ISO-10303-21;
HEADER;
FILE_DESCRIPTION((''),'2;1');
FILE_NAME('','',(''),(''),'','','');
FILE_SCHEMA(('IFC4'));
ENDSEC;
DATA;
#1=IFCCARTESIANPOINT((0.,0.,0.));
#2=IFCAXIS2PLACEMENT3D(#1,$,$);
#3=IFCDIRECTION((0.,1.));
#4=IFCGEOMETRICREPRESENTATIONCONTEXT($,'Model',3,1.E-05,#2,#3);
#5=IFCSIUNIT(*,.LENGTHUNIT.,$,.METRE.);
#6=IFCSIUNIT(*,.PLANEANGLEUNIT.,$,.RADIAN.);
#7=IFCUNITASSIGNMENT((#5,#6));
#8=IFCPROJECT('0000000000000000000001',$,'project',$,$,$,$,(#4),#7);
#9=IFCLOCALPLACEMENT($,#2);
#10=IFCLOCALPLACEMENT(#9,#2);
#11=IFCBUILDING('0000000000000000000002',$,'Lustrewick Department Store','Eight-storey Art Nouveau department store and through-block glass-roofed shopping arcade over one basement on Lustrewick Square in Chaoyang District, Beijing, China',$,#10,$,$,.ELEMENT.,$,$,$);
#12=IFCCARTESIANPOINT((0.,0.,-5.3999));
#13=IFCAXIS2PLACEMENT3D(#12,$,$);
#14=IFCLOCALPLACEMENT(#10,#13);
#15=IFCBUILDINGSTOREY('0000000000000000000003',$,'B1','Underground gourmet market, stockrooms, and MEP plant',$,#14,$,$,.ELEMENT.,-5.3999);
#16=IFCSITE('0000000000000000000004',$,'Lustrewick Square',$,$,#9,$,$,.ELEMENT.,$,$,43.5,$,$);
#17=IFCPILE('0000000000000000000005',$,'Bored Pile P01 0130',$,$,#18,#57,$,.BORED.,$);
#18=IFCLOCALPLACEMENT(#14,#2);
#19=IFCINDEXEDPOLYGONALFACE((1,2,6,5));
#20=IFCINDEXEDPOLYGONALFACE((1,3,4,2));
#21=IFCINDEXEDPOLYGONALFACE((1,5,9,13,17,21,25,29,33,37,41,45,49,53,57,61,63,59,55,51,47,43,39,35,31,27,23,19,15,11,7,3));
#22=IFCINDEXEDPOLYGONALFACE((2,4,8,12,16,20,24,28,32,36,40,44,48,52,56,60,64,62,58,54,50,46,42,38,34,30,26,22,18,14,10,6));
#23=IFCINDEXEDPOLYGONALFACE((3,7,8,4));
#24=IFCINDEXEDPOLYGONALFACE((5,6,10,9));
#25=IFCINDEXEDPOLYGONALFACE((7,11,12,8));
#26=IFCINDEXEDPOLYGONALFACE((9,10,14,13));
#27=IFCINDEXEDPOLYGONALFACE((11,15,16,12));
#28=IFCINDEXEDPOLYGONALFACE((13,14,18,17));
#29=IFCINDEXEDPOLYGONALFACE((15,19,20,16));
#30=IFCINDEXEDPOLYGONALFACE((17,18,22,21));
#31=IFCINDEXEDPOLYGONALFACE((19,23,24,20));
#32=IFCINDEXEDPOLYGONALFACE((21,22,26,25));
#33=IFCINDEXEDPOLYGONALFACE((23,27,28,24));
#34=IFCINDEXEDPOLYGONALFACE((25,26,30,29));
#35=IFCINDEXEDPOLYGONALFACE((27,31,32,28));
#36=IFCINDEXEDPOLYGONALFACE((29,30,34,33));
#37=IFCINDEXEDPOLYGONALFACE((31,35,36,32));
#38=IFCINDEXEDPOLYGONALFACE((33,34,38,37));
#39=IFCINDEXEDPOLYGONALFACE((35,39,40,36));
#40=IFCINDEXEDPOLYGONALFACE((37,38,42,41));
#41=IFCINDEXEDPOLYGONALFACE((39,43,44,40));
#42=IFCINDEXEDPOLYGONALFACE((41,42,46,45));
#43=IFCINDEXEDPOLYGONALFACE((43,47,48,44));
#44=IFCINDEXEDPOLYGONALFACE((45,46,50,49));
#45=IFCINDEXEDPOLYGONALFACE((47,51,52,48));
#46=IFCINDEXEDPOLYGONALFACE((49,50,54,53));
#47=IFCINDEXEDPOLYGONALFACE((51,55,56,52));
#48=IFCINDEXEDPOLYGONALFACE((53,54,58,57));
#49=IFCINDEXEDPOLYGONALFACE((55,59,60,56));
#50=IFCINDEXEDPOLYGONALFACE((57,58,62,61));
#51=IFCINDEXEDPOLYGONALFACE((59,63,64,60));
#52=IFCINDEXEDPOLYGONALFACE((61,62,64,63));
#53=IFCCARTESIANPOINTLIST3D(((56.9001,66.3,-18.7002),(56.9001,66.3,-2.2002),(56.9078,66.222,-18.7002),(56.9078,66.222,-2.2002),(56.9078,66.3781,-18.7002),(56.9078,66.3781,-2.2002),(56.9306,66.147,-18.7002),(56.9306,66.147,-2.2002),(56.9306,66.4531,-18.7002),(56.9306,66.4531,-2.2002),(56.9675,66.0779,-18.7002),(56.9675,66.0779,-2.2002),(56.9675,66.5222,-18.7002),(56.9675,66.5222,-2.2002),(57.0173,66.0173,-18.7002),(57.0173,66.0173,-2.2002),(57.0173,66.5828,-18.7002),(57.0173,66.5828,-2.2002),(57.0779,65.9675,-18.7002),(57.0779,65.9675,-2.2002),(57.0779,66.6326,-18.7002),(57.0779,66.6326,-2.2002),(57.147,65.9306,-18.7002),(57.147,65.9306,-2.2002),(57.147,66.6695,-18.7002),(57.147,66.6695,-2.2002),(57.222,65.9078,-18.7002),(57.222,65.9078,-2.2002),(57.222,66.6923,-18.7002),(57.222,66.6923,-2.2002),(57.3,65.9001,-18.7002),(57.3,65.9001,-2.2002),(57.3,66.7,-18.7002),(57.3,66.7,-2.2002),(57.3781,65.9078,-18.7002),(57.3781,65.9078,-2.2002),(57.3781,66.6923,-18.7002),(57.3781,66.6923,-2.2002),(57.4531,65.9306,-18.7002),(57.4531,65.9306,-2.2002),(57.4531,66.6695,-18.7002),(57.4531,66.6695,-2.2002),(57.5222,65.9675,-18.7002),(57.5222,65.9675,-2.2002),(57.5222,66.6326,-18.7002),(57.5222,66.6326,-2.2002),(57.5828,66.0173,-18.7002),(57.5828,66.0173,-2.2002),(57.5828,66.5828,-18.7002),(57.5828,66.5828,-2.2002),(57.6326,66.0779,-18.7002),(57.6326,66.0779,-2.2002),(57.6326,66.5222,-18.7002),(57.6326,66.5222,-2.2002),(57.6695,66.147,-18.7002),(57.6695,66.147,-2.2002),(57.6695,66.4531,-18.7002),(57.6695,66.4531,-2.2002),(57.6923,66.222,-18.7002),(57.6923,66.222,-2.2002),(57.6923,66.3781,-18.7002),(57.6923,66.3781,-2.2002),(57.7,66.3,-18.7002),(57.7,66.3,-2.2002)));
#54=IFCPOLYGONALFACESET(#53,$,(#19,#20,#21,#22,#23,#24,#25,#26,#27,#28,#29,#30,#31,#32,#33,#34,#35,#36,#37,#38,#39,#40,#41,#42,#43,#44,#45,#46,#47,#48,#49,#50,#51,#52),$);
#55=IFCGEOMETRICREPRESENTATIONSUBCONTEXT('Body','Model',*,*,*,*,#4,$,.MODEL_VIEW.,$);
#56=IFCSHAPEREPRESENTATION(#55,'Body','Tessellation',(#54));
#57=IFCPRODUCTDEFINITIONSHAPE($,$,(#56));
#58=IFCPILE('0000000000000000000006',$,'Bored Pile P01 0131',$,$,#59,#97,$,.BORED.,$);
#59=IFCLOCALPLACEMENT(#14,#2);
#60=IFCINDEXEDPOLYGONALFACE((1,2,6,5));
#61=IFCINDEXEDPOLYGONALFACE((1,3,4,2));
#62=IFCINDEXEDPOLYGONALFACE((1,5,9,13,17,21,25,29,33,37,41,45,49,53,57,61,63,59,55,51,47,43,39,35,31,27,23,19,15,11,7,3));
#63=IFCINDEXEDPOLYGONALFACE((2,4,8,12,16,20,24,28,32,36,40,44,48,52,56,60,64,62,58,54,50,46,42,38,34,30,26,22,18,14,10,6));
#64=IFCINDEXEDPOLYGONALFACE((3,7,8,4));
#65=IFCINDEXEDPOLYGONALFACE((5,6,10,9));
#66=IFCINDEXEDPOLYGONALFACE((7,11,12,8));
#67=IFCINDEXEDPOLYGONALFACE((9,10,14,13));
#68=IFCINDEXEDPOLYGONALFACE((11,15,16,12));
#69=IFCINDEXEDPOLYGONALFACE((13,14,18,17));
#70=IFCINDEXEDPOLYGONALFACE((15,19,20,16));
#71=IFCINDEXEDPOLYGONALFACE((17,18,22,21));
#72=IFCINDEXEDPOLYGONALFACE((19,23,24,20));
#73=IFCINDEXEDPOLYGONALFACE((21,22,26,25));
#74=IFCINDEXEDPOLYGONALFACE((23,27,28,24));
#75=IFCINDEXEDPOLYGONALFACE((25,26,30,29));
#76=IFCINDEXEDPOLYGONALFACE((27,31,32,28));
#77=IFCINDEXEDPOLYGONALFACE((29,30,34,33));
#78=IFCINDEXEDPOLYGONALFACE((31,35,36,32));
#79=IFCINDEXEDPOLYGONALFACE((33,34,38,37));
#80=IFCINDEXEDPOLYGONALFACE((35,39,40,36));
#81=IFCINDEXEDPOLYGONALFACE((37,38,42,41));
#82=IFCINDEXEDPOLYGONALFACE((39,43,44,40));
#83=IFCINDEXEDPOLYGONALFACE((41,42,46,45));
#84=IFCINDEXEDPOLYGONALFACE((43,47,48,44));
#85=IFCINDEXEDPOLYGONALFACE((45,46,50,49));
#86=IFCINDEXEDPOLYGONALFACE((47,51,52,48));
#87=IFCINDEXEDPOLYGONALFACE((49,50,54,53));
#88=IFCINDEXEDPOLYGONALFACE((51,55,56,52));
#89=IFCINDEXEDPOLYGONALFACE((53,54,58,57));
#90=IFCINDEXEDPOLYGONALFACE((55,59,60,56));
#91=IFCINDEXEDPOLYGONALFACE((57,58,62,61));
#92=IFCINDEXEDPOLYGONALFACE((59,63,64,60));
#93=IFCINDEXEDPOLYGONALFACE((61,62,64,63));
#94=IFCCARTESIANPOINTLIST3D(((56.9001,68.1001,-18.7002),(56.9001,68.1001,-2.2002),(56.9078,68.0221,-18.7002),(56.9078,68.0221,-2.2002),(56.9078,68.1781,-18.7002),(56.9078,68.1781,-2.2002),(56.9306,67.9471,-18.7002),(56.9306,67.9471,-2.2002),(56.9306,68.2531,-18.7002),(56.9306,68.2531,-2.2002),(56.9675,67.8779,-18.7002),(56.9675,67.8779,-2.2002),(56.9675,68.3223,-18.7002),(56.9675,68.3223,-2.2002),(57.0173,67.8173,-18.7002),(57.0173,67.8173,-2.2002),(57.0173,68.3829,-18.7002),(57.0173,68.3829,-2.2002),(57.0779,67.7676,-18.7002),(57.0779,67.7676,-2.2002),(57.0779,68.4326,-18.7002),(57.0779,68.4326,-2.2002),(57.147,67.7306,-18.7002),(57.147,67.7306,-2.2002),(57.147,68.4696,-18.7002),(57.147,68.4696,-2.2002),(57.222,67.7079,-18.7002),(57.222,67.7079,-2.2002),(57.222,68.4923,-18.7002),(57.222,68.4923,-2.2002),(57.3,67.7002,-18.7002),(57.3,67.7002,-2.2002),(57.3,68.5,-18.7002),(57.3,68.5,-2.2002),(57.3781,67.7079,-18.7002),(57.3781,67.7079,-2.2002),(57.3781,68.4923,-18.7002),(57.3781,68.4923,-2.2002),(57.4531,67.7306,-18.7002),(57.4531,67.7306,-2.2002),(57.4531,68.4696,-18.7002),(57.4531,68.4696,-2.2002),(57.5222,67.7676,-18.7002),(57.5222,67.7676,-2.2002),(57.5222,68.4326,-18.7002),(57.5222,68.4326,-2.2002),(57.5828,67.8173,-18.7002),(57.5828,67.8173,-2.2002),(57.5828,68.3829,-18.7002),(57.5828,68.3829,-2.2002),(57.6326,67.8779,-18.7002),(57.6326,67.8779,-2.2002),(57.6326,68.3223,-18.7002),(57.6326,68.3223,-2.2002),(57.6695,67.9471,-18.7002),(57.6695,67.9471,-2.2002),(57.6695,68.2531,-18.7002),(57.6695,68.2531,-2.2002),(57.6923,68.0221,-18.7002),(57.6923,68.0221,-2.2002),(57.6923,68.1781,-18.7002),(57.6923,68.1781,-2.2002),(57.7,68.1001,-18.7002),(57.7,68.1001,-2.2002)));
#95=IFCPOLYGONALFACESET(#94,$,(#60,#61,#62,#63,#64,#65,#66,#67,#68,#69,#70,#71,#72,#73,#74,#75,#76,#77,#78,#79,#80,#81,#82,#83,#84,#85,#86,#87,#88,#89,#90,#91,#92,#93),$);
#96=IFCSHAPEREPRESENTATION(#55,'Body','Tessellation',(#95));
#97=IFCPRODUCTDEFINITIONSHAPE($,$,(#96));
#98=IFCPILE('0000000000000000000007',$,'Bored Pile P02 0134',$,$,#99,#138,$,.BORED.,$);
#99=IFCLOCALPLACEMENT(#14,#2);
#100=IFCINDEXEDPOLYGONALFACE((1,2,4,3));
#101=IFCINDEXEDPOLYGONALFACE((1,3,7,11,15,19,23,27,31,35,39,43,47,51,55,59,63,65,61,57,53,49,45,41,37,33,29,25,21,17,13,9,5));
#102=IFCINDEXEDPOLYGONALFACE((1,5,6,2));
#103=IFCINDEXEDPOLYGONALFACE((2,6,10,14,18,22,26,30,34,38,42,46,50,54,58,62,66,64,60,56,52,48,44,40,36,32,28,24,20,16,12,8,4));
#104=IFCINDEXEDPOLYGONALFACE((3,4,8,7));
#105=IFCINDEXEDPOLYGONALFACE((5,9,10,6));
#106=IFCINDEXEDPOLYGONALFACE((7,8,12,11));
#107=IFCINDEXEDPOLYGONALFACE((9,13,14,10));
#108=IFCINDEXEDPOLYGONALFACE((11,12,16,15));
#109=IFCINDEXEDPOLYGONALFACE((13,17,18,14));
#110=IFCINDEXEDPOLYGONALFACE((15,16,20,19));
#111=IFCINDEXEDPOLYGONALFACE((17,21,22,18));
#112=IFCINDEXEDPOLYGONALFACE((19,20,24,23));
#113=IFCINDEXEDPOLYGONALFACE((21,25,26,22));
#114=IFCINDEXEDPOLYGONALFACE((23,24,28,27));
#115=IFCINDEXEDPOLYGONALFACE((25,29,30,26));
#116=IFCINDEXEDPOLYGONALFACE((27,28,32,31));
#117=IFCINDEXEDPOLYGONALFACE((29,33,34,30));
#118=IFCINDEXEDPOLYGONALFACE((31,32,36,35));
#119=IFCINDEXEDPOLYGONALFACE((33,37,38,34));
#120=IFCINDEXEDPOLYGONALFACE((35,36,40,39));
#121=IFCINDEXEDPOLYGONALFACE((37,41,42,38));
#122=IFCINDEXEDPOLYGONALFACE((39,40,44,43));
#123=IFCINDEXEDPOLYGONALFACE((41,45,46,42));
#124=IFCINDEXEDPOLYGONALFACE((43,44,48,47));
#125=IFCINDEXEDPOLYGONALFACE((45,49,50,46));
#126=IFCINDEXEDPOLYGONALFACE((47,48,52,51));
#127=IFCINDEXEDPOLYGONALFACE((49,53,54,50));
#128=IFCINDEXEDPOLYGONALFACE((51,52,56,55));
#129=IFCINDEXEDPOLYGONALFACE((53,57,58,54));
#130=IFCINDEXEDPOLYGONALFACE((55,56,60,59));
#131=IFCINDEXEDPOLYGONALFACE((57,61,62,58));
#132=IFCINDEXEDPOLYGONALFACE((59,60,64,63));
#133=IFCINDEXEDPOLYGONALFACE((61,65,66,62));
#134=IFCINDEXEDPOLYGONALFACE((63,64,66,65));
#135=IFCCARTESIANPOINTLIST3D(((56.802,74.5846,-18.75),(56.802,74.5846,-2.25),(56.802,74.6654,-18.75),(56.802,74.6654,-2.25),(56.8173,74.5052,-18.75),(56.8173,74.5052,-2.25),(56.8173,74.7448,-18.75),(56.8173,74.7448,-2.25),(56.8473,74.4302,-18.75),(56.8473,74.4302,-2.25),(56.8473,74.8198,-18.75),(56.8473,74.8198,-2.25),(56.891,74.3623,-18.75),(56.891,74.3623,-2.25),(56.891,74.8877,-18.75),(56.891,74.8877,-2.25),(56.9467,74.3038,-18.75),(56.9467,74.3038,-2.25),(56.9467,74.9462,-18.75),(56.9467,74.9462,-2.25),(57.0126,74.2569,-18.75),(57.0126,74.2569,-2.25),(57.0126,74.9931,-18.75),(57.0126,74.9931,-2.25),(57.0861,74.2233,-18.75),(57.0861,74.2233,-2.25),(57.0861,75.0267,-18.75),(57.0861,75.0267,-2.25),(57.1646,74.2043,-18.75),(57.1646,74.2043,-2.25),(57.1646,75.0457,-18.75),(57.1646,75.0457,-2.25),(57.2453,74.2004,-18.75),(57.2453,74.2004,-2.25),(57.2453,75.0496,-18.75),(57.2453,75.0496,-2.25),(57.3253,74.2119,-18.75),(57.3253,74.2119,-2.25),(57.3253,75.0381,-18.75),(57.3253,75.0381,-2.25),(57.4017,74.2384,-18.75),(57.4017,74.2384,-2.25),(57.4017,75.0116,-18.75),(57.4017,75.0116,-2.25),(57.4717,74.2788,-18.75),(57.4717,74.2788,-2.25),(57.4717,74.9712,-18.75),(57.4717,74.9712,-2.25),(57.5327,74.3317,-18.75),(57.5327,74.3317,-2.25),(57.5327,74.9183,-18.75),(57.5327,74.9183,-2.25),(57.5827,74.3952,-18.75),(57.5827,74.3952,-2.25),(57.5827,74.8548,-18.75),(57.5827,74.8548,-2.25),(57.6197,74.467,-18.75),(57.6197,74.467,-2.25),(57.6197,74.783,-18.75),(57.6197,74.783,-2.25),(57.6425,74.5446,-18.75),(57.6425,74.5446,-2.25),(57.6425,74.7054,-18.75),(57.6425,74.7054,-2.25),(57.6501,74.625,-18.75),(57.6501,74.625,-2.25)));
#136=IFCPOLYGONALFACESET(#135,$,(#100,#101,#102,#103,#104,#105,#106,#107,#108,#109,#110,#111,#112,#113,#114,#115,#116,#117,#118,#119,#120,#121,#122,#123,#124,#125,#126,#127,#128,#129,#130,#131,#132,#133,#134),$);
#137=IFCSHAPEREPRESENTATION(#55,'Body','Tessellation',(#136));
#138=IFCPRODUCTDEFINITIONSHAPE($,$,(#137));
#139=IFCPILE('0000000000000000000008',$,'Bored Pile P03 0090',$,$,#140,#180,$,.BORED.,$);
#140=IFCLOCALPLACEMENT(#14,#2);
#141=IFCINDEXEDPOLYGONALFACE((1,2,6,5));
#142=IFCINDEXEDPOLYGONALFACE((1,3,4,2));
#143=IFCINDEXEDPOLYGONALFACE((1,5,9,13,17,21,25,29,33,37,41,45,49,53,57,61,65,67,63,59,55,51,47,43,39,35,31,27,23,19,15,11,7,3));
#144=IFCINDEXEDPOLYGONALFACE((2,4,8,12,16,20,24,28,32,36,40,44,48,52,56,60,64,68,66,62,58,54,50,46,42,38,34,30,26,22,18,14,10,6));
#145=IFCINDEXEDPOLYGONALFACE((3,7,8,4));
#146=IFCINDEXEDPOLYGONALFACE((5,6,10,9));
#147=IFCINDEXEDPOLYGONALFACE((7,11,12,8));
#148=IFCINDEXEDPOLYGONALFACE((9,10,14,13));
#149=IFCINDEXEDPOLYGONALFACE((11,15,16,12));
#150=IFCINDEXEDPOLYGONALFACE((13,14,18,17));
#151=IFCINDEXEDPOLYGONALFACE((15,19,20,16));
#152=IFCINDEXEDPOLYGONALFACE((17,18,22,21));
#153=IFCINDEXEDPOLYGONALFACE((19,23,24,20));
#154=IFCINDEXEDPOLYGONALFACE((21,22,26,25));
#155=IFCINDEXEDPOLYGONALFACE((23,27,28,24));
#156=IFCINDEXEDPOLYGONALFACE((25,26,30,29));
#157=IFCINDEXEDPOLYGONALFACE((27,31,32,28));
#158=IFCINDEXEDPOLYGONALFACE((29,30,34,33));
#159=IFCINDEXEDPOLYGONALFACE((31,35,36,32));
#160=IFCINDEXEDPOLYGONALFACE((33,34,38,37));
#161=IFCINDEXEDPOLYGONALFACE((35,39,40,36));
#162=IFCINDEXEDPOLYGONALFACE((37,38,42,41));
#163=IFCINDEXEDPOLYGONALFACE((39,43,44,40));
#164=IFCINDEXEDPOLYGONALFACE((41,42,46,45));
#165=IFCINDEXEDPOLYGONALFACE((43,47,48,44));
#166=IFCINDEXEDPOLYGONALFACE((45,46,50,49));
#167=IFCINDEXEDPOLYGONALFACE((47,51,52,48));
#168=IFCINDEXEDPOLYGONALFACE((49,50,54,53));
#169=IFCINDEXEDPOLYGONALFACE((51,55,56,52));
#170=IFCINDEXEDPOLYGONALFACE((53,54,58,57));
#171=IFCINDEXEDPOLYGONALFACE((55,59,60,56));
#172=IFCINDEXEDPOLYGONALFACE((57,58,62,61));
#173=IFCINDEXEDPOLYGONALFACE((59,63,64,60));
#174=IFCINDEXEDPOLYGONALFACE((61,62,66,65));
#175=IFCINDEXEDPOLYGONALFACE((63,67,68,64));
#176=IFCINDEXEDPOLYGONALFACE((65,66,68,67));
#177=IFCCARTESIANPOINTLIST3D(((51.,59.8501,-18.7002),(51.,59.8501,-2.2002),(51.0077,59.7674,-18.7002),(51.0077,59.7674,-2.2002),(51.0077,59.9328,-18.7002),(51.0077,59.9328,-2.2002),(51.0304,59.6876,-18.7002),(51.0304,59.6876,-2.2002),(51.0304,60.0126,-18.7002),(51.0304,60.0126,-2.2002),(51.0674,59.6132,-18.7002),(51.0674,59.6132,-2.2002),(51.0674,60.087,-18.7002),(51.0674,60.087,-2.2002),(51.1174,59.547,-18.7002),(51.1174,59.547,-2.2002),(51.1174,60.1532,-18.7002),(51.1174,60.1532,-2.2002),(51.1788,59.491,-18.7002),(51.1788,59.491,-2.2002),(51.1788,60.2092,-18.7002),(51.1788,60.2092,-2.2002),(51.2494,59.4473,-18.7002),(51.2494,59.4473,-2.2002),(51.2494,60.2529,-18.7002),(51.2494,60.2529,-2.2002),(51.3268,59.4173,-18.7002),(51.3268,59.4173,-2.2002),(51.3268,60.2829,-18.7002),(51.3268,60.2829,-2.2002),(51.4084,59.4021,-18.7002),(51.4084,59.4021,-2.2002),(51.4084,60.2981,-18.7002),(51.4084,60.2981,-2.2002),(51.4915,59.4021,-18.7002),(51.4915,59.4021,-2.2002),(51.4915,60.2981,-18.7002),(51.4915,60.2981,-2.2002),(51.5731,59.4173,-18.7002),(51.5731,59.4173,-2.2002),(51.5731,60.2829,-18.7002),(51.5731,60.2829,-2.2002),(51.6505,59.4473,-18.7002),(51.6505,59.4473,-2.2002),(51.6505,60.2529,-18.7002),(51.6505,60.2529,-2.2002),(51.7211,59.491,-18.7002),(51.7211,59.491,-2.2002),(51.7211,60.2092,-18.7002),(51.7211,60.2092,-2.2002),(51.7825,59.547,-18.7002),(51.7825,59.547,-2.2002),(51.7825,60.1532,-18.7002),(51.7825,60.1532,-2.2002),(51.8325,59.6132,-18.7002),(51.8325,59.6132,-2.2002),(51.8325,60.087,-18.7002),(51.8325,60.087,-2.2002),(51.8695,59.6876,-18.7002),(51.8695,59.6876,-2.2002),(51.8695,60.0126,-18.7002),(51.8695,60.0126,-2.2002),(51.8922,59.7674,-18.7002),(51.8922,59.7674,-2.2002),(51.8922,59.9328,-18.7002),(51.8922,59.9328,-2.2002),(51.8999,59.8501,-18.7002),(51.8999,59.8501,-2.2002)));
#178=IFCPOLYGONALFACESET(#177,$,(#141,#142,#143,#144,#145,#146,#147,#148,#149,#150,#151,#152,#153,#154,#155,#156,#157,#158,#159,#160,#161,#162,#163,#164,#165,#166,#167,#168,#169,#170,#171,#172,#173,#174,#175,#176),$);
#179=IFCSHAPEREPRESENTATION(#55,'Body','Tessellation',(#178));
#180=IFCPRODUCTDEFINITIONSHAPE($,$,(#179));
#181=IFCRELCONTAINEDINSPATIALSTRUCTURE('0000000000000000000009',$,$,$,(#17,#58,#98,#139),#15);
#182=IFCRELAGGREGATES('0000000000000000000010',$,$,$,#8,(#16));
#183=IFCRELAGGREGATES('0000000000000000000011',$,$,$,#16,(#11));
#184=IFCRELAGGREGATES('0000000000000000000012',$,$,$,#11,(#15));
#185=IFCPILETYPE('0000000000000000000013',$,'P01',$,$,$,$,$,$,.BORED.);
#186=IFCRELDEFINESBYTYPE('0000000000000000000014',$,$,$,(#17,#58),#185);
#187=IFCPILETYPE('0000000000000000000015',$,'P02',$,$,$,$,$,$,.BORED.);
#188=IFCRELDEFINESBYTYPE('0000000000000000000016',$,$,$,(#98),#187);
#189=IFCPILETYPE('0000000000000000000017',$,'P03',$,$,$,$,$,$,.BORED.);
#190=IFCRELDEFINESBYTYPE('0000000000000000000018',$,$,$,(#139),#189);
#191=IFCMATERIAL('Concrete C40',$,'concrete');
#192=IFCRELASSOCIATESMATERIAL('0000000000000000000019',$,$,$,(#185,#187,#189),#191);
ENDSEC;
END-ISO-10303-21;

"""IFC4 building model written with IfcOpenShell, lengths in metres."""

from ifc_helpers import new_model, si_unit, direction, frame, origin, origin_2d, place, context, subcontext, project, spatial, circle, extrude, material, material_profile, profile_set, type_object, element, save


model = new_model("IFC4")

# Units and contexts
model_context = context("Model", 3, precision=1e-05, world=origin(), true_north=direction((0.0, 1.0)))
body_context = subcontext(model_context, "Body", "Model", "MODEL_VIEW")
ifc_project = project(units=[si_unit("LENGTHUNIT", "METRE"), si_unit("PLANEANGLEUNIT", "RADIAN")], contexts=[model_context])

# Site, building, storey
site_placement = place(None, origin())
site = spatial("IfcSite", under=ifc_project, at=site_placement, Name="Lustrewick Square", CompositionType="ELEMENT", RefElevation=43.5)
building_placement = place(site_placement, origin())
building = spatial("IfcBuilding", under=site, at=building_placement, Name="Lustrewick Department Store", Description="Eight-storey Art Nouveau department store and through-block glass-roofed shopping arcade over one basement on Lustrewick Square in Chaoyang District, Beijing, China", CompositionType="ELEMENT")
storey_placement = place(building_placement, frame((0.0, 0.0, -5.3999)))
storey = spatial("IfcBuildingStorey", under=building, at=storey_placement, Name="B1", Description="Underground gourmet market, stockrooms, and MEP plant", CompositionType="ELEMENT", Elevation=-5.3999)

# Piles
ifc_material_1 = material(Name="Concrete C40", Category="concrete")
ifc_material_profile_1 = material_profile(ifc_material_1, circle(Radius=0.3999, at=origin_2d()), Name="PILE D800")
ifc_profile_set_1 = profile_set([ifc_material_profile_1], Name="Concrete C40")
pile_type_1 = type_object("IfcPileType", Name="P01", PredefinedType="BORED", material=ifc_profile_set_1)
for number, where, z_axis, x_axis, name in (
    (1, (57.3, 66.3, -2.2002), (0.0, 0.0, -1.0), (1.0, 0.0, 0.0), "Bored Pile P01 0130"),
    (2, (57.3, 68.1001, -2.2002), (0.0, 0.0, -1.0), (1.0, 0.0, 0.0), "Bored Pile P01 0131"),
):
    element("IfcPile", number, at=place(storey_placement, frame(where, z_axis=z_axis, x_axis=x_axis)), inside=storey, type_object=pile_type_1, Name=name, PredefinedType="BORED", context=body_context, shape_type="SweptSolid", body=[
        extrude(circle(Radius=0.3999, at=origin_2d()), origin(), (0.0, 0.0, 1.0), 16.5),
    ])
ifc_material_profile_2 = material_profile(ifc_material_1, circle(Radius=0.425, at=origin_2d()), Name="PILE D850")
ifc_profile_set_2 = profile_set([ifc_material_profile_2], Name="Concrete C40")
pile_type_2 = type_object("IfcPileType", Name="P02", PredefinedType="BORED", material=ifc_profile_set_2)
pile_1_placement = place(storey_placement, frame((57.2251, 74.625, -2.25), z_axis=(0.0, 0.0, -1.0), x_axis=(1.0, 0.0, 0.0)))
element("IfcPile", 3, at=pile_1_placement, inside=storey, type_object=pile_type_2, Name="Bored Pile P02 0134", PredefinedType="BORED", context=body_context, shape_type="SweptSolid", body=[
    extrude(circle(Radius=0.425, at=origin_2d()), origin(), (0.0, 0.0, 1.0), 16.5),
])
ifc_material_profile_3 = material_profile(ifc_material_1, circle(Radius=0.45, at=origin_2d()), Name="PILE D900")
ifc_profile_set_3 = profile_set([ifc_material_profile_3], Name="Concrete C40")
pile_type_3 = type_object("IfcPileType", Name="P03", PredefinedType="BORED", material=ifc_profile_set_3)
pile_2_placement = place(storey_placement, frame((51.45, 59.8501, -2.2002), z_axis=(0.0, 0.0, -1.0), x_axis=(1.0, 0.0, 0.0)))
element("IfcPile", 4, at=pile_2_placement, inside=storey, type_object=pile_type_3, Name="Bored Pile P03 0090", PredefinedType="BORED", context=body_context, shape_type="SweptSolid", body=[
    extrude(circle(Radius=0.45, at=origin_2d()), origin(), (0.0, 0.0, 1.0), 16.5),
])

save(model, "model.ifc")
